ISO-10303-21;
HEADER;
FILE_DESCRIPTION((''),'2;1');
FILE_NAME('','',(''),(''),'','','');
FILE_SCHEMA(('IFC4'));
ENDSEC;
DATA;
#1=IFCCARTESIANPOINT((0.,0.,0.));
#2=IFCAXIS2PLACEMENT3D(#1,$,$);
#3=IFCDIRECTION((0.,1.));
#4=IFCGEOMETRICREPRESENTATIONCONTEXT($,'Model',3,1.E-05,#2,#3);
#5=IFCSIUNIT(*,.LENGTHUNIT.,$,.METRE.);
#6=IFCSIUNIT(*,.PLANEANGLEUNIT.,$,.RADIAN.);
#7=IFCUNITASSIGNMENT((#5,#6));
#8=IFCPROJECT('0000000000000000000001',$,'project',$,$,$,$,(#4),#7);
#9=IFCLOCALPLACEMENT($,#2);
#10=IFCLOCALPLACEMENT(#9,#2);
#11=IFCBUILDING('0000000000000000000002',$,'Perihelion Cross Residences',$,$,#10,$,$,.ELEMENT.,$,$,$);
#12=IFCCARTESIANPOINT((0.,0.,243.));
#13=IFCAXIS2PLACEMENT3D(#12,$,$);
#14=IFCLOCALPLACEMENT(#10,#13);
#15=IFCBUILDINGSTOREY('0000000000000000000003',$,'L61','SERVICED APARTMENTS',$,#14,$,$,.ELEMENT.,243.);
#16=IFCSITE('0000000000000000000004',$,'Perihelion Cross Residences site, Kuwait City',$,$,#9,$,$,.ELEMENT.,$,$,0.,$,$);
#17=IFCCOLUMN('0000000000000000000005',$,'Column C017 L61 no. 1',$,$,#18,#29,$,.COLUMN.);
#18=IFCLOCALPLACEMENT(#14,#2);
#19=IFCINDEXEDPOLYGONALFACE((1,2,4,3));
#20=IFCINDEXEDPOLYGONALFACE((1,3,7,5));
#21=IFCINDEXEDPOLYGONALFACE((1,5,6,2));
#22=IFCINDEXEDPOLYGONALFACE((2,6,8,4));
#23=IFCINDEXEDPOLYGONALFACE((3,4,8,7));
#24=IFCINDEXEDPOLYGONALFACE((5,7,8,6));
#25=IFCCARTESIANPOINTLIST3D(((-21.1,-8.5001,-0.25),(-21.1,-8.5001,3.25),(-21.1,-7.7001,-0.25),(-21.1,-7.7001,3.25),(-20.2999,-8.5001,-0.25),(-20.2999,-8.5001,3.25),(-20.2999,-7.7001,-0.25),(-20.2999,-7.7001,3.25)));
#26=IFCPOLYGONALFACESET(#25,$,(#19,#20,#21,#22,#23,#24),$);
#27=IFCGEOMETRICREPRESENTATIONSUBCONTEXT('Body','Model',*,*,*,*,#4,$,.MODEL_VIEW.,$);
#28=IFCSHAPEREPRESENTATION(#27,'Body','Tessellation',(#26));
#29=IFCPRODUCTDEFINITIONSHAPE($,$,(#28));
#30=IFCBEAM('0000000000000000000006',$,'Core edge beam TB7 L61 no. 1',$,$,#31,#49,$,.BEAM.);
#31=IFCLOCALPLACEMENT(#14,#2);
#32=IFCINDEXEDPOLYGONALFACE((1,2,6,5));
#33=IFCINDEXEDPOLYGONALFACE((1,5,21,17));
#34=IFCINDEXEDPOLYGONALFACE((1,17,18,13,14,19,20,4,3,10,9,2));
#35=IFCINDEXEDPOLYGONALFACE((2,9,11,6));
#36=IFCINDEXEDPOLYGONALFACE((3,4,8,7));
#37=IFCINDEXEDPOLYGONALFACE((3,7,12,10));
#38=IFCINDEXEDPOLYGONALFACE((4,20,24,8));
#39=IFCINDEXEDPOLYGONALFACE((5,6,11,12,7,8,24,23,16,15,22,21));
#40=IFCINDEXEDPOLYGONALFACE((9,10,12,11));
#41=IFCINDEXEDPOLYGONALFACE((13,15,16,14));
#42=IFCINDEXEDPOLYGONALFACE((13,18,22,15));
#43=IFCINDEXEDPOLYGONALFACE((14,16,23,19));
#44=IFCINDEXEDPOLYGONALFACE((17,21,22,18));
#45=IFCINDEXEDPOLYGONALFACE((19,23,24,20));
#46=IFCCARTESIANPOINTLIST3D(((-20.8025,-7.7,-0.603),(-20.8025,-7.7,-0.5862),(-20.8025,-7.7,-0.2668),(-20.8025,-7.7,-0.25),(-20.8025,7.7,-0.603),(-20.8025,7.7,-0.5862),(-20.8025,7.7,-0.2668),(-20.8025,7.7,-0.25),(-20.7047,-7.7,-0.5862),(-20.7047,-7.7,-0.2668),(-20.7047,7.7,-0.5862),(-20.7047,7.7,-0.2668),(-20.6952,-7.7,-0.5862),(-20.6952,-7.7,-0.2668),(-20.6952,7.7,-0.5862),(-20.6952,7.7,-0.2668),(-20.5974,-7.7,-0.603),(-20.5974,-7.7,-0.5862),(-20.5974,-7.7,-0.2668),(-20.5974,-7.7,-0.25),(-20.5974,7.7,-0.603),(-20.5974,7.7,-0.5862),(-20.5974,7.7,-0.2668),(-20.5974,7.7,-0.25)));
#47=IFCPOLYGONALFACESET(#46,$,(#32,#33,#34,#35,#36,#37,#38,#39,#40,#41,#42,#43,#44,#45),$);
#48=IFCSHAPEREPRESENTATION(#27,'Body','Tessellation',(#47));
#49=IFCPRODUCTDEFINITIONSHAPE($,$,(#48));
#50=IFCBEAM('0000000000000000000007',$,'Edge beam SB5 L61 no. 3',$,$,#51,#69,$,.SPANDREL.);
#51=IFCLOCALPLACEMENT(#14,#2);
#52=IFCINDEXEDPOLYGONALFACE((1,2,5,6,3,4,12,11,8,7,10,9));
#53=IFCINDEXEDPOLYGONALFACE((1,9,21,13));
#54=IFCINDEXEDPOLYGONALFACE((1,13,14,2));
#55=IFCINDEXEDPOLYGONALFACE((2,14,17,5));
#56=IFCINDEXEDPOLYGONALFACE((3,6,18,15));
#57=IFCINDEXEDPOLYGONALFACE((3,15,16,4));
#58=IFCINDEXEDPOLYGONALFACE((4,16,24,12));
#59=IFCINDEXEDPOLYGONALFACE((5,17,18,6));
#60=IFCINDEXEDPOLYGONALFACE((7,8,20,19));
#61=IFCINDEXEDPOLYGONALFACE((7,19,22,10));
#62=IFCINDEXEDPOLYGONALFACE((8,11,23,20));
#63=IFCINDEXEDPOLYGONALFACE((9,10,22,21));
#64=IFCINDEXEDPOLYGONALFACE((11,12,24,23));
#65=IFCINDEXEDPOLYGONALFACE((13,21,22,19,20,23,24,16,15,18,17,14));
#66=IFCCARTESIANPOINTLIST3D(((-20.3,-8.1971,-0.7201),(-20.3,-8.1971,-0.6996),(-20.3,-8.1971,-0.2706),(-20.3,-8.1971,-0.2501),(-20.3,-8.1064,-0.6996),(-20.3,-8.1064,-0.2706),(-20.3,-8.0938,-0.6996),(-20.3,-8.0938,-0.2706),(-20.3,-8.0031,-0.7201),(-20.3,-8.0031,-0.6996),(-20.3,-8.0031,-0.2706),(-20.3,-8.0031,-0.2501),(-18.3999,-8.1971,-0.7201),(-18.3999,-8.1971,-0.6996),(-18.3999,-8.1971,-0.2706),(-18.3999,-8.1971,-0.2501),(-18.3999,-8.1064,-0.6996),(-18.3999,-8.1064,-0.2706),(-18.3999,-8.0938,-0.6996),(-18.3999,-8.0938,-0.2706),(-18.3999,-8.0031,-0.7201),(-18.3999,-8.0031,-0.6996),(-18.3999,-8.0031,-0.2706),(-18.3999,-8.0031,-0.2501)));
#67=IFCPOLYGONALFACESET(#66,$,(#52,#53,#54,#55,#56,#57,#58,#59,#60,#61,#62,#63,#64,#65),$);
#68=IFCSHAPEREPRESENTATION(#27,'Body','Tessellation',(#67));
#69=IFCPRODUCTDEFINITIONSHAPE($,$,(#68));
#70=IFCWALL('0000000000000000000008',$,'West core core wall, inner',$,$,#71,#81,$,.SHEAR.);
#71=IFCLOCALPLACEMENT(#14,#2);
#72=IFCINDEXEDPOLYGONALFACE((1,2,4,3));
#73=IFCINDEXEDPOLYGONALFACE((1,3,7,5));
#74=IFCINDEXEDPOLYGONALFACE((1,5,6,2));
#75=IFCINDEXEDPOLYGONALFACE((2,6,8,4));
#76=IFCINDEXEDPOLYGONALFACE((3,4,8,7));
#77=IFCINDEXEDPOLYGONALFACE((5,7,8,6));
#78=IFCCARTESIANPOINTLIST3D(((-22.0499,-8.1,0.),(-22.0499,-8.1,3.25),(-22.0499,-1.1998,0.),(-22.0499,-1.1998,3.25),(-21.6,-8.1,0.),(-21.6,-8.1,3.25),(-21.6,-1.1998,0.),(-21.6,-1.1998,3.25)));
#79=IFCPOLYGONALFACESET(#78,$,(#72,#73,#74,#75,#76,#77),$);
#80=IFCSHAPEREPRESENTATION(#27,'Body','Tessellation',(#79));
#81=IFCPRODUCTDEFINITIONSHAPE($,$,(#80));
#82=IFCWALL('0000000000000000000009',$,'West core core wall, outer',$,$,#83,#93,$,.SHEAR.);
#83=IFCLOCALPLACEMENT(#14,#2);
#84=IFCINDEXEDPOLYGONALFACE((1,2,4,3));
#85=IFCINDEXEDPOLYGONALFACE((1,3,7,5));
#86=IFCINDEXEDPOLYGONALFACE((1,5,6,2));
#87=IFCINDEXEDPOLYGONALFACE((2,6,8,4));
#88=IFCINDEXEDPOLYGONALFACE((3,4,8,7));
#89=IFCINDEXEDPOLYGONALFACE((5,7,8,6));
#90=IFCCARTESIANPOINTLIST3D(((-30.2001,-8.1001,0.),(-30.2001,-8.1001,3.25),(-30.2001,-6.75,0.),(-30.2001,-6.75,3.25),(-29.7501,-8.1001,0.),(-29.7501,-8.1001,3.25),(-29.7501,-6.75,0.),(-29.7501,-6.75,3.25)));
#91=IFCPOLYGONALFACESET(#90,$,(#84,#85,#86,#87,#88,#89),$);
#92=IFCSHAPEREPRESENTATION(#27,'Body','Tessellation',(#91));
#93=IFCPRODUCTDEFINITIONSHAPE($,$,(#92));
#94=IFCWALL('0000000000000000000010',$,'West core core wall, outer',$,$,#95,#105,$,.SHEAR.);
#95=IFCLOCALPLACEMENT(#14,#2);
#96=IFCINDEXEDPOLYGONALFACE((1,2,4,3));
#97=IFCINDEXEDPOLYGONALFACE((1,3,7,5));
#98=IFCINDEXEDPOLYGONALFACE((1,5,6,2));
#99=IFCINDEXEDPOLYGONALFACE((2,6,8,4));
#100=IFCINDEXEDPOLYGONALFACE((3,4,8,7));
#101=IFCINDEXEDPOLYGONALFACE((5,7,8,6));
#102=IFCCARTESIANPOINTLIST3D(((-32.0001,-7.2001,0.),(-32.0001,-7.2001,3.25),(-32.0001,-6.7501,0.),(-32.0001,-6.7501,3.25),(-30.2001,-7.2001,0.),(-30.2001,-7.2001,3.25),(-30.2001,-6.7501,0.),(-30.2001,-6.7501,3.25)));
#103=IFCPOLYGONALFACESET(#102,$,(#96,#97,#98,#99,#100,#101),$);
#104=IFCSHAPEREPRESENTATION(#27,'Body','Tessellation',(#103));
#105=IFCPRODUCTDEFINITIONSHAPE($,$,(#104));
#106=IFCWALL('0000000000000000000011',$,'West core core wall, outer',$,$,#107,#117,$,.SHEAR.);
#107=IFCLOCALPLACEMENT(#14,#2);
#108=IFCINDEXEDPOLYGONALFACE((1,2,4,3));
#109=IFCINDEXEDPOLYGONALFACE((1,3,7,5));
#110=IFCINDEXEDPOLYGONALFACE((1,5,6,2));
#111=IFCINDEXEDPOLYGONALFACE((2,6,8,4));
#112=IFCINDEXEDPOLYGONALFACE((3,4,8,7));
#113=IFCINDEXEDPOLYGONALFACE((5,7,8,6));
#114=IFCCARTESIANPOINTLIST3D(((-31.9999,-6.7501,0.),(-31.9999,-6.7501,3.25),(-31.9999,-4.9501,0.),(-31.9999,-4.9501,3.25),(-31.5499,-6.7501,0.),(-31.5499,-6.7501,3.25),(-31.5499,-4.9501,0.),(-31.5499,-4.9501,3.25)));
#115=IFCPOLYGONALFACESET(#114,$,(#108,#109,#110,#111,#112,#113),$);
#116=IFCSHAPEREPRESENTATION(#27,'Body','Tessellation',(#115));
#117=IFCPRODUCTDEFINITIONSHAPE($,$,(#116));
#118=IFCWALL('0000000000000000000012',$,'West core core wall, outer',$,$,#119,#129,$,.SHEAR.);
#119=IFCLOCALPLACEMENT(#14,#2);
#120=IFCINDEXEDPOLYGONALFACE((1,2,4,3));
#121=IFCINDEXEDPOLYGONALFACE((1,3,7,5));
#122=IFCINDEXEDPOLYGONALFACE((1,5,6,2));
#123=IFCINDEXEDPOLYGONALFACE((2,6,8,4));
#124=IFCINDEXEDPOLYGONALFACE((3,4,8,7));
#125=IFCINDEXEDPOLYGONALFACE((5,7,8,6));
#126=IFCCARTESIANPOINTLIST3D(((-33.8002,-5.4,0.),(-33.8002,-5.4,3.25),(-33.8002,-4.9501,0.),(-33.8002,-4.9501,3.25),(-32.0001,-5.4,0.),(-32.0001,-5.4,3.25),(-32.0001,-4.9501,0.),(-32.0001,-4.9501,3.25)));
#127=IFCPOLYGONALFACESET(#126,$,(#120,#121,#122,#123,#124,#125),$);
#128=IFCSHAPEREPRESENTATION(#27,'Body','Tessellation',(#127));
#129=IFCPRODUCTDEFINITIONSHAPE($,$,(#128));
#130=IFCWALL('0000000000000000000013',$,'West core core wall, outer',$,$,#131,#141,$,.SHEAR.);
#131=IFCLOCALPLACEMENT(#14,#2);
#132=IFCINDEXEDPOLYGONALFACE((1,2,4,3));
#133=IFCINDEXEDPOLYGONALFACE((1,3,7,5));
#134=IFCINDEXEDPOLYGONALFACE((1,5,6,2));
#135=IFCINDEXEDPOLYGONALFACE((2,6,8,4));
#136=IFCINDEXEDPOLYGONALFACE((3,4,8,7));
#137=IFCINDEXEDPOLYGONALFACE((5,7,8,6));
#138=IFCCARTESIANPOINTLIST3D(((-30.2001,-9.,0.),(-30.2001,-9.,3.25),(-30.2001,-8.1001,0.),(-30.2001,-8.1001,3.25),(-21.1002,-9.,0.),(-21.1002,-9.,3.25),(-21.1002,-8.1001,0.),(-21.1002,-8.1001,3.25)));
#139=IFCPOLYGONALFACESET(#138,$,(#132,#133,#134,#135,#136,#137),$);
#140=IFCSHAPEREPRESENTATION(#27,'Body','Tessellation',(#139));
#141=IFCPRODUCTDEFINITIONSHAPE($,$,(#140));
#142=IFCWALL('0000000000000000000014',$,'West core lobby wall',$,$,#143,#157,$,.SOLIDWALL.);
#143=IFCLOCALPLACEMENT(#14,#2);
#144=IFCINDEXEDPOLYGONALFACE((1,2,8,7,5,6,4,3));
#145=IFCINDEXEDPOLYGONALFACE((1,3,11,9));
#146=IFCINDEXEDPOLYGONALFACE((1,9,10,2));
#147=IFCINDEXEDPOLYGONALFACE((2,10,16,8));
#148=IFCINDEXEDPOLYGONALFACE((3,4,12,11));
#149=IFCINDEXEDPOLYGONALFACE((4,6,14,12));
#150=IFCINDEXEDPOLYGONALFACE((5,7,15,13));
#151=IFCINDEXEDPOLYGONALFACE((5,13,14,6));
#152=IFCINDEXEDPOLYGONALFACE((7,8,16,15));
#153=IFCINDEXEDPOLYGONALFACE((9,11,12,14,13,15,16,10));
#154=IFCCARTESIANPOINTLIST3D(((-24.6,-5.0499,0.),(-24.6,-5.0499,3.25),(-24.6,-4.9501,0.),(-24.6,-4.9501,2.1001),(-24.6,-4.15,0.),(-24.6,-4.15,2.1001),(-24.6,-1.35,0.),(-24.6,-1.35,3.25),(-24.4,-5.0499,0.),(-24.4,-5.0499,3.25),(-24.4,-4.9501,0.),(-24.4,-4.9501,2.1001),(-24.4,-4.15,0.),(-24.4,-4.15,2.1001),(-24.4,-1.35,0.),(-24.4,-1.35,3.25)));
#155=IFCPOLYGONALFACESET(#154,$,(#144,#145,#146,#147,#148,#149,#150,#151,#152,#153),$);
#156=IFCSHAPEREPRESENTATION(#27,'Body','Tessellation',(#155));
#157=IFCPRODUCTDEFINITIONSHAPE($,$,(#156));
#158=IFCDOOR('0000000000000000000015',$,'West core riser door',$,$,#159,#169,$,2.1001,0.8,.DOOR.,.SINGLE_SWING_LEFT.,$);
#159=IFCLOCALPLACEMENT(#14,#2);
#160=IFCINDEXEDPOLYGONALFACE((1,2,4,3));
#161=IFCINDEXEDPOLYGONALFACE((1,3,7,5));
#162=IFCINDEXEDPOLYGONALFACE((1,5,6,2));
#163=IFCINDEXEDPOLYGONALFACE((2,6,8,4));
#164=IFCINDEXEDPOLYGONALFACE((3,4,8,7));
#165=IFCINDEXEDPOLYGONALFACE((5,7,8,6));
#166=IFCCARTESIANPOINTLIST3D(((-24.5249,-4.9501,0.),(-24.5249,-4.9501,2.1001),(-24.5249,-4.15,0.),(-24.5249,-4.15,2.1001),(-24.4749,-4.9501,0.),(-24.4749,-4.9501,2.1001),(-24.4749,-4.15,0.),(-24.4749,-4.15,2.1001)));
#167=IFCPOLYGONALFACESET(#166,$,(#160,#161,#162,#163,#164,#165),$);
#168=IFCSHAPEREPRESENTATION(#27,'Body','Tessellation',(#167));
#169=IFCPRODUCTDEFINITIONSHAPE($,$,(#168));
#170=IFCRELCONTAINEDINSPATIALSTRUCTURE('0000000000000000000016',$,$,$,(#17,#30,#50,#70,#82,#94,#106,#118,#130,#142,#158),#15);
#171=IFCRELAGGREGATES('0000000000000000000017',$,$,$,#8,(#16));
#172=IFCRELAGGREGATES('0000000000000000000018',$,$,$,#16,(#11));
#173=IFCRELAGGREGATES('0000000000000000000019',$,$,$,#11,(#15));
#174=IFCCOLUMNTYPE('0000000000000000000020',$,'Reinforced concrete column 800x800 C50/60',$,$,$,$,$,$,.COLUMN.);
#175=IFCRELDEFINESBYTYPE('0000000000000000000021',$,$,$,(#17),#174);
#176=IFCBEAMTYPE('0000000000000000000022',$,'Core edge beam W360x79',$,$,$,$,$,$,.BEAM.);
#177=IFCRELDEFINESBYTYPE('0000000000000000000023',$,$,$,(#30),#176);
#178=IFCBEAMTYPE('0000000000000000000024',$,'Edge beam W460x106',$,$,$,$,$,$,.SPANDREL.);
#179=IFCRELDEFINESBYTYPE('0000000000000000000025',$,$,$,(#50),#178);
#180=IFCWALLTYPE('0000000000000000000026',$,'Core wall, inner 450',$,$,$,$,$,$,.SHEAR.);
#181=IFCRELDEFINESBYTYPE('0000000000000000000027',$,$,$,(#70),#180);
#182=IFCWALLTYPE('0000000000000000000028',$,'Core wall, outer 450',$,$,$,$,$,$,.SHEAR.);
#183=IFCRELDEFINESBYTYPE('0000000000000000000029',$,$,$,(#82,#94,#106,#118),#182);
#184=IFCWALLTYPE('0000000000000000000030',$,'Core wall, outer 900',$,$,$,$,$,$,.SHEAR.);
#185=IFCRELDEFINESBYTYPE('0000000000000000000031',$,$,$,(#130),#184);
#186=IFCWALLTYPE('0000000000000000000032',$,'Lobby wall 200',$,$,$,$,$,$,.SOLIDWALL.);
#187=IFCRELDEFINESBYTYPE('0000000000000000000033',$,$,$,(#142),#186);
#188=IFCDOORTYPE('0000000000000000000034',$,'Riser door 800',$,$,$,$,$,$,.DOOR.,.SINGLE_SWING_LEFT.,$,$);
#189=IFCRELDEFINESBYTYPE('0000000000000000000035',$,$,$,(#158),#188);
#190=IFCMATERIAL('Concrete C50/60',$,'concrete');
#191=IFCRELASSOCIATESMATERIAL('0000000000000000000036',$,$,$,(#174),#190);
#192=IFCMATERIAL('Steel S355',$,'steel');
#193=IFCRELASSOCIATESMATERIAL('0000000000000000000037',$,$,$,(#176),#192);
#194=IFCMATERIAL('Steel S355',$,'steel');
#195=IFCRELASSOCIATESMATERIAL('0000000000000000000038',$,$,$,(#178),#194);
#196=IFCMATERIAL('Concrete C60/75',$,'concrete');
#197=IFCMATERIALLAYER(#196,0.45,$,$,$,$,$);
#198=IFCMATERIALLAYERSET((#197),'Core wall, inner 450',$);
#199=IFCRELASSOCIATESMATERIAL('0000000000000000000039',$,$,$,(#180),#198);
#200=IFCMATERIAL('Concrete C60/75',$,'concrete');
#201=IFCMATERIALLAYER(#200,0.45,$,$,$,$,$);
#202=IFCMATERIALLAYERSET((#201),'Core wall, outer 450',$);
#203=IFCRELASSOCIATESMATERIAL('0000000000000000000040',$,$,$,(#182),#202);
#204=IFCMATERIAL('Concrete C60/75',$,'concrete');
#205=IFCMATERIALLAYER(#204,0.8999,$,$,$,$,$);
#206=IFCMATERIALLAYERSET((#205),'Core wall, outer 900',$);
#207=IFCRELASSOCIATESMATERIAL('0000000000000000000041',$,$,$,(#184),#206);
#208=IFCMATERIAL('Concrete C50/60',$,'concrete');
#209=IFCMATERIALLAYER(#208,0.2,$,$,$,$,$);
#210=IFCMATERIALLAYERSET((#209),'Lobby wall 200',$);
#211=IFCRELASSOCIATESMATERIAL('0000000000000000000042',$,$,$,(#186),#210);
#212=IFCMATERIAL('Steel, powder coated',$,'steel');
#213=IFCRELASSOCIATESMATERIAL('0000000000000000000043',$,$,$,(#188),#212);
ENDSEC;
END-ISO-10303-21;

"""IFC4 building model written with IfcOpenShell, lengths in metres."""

from ifc_helpers import new_model, si_unit, direction, frame, frame_2d, origin, origin_2d, place, context, subcontext, project, spatial, rectangle, i_section, extrude, material, layer, layer_set, material_profile, profile_set, type_object, element, fill, save


model = new_model("IFC4")

# Units and contexts
model_context = context("Model", 3, precision=1e-05, world=origin(), true_north=direction((0.0, 1.0)))
body_context = subcontext(model_context, "Body", "Model", "MODEL_VIEW")
ifc_project = project(units=[si_unit("LENGTHUNIT", "METRE"), si_unit("PLANEANGLEUNIT", "RADIAN")], contexts=[model_context])

# Site, building, storey
site_placement = place(None, origin())
site = spatial("IfcSite", under=ifc_project, at=site_placement, Name="Perihelion Cross Residences site, Kuwait City", CompositionType="ELEMENT", RefElevation=0.0)
building_placement = place(site_placement, origin())
building = spatial("IfcBuilding", under=site, at=building_placement, Name="Perihelion Cross Residences", CompositionType="ELEMENT")
storey_placement = place(building_placement, frame((0.0, 0.0, 243.0)))
storey = spatial("IfcBuildingStorey", under=building, at=storey_placement, Name="L61", Description="SERVICED APARTMENTS", CompositionType="ELEMENT", Elevation=243.0)

# Column
ifc_material_1 = material(Name="Concrete C50/60", Category="concrete")
ifc_material_profile_1 = material_profile(ifc_material_1, rectangle(XDim=0.8, YDim=0.8, at=origin_2d()), Name="RC 800x800")
ifc_profile_set_1 = profile_set([ifc_material_profile_1], Name="Concrete C50/60")
column_type = type_object("IfcColumnType", Name="Reinforced concrete column 800x800 C50/60", PredefinedType="COLUMN", material=ifc_profile_set_1)
column_placement = place(storey_placement, frame((-20.7, -8.1001, -0.25), z_axis=(0.0, 0.0, 1.0), x_axis=(1.0, 0.0, 0.0)))
element("IfcColumn", 1, at=column_placement, inside=storey, type_object=column_type, Name="Column C017 L61 no. 1", PredefinedType="COLUMN", context=body_context, shape_type="SweptSolid", body=[
    extrude(rectangle(XDim=0.8, YDim=0.8, at=origin_2d()), origin(), (0.0, 0.0, 1.0), 3.5),
])

# Beams
ifc_material_2 = material(Name="Steel S355", Category="steel")
ifc_material_profile_2 = material_profile(ifc_material_2, i_section(OverallWidth=0.2051, OverallDepth=0.353, WebThickness=0.0095, FlangeThickness=0.0168, at=origin_2d()), Name="W360x79")
ifc_profile_set_2 = profile_set([ifc_material_profile_2], Name="Steel S355")
beam_type_1 = type_object("IfcBeamType", Name="Core edge beam W360x79", PredefinedType="BEAM", material=ifc_profile_set_2)
beam_1_placement = place(storey_placement, frame((-20.7, -7.7, -0.4265), z_axis=(0.0, 1.0, 0.0), x_axis=(-1.0, 0.0, 0.0)))
element("IfcBeam", 2, at=beam_1_placement, inside=storey, type_object=beam_type_1, Name="Core edge beam TB7 L61 no. 1", PredefinedType="BEAM", context=body_context, shape_type="SweptSolid", body=[
    extrude(i_section(OverallWidth=0.2051, OverallDepth=0.353, WebThickness=0.0095, FlangeThickness=0.0168, at=origin_2d()), origin(), (0.0, 0.0, 1.0), 15.3999),
])
ifc_material_3 = material(Name="Steel S355", Category="steel")
ifc_material_profile_3 = material_profile(ifc_material_3, i_section(OverallWidth=0.1941, OverallDepth=0.47, WebThickness=0.0127, FlangeThickness=0.0205, at=origin_2d()), Name="W460x106")
ifc_profile_set_3 = profile_set([ifc_material_profile_3], Name="Steel S355")
beam_type_2 = type_object("IfcBeamType", Name="Edge beam W460x106", PredefinedType="SPANDREL", material=ifc_profile_set_3)
beam_2_placement = place(storey_placement, frame((-20.3, -8.1001, -0.4851), z_axis=(1.0, 0.0, 0.0), x_axis=(0.0, 1.0, 0.0)))
element("IfcBeam", 3, at=beam_2_placement, inside=storey, type_object=beam_type_2, Name="Edge beam SB5 L61 no. 3", PredefinedType="SPANDREL", context=body_context, shape_type="SweptSolid", body=[
    extrude(i_section(OverallWidth=0.1941, OverallDepth=0.47, WebThickness=0.0127, FlangeThickness=0.0205, at=origin_2d()), origin(), (0.0, 0.0, 1.0), 1.9001),
])

# Walls
ifc_material_4 = material(Name="Concrete C60/75", Category="concrete")
ifc_layer_1 = layer(ifc_material_4, 0.45)
ifc_layer_set_1 = layer_set([ifc_layer_1], Name="Core wall, inner 450")
wall_type_1 = type_object("IfcWallType", Name="Core wall, inner 450", PredefinedType="SHEAR", material=ifc_layer_set_1)
wall_1_placement = place(storey_placement, frame((-21.825, -8.1001, 0.0), z_axis=(0.0, 0.0, 1.0), x_axis=(0.0, 1.0, 0.0)))
element("IfcWall", 4, at=wall_1_placement, inside=storey, type_object=wall_type_1, Name="West core core wall, inner", PredefinedType="SHEAR", context=body_context, shape_type="SweptSolid", body=[
    extrude(rectangle(XDim=6.9001, YDim=0.45, at=frame_2d((3.4502, 0.0))), origin(), (0.0, 0.0, 1.0), 3.25),
])
ifc_material_5 = material(Name="Concrete C60/75", Category="concrete")
ifc_layer_2 = layer(ifc_material_5, 0.45)
ifc_layer_set_2 = layer_set([ifc_layer_2], Name="Core wall, outer 450")
wall_type_2 = type_object("IfcWallType", Name="Core wall, outer 450", PredefinedType="SHEAR", material=ifc_layer_set_2)
wall_2_placement = place(storey_placement, frame((-29.9751, -8.1001, 0.0), z_axis=(0.0, 0.0, 1.0), x_axis=(0.0, 1.0, 0.0)))
element("IfcWall", 5, at=wall_2_placement, inside=storey, type_object=wall_type_2, Name="West core core wall, outer", PredefinedType="SHEAR", context=body_context, shape_type="SweptSolid", body=[
    extrude(rectangle(XDim=1.3501, YDim=0.45, at=frame_2d((0.675, 0.0))), origin(), (0.0, 0.0, 1.0), 3.25),
])
for number, where, z_axis, x_axis, name in (
    (6, (-32.0, -6.9751, 0.0), (0.0, 0.0, 1.0), (1.0, 0.0, 0.0), "West core core wall, outer"),
    (7, (-31.7749, -6.75, 0.0), (0.0, 0.0, 1.0), (0.0, 1.0, 0.0), "West core core wall, outer"),
    (8, (-33.8, -5.175, 0.0), (0.0, 0.0, 1.0), (1.0, 0.0, 0.0), "West core core wall, outer"),
):
    element("IfcWall", number, at=place(storey_placement, frame(where, z_axis=z_axis, x_axis=x_axis)), inside=storey, type_object=wall_type_2, Name=name, PredefinedType="SHEAR", context=body_context, shape_type="SweptSolid", body=[
        extrude(rectangle(XDim=1.8, YDim=0.45, at=frame_2d((0.8999, 0.0))), origin(), (0.0, 0.0, 1.0), 3.25),
    ])
ifc_material_6 = material(Name="Concrete C60/75", Category="concrete")
ifc_layer_3 = layer(ifc_material_6, 0.8999)
ifc_layer_set_3 = layer_set([ifc_layer_3], Name="Core wall, outer 900")
wall_type_3 = type_object("IfcWallType", Name="Core wall, outer 900", PredefinedType="SHEAR", material=ifc_layer_set_3)
wall_3_placement = place(storey_placement, frame((-30.2, -8.55, 0.0), z_axis=(0.0, 0.0, 1.0), x_axis=(1.0, 0.0, 0.0)))
element("IfcWall", 9, at=wall_3_placement, inside=storey, type_object=wall_type_3, Name="West core core wall, outer", PredefinedType="SHEAR", context=body_context, shape_type="SweptSolid", body=[
    extrude(rectangle(XDim=9.0999, YDim=0.8999, at=frame_2d((4.5498, 0.0))), origin(), (0.0, 0.0, 1.0), 3.25),
])

# Wall, opening, door
ifc_material_7 = material(Name="Concrete C50/60", Category="concrete")
ifc_layer_4 = layer(ifc_material_7, 0.2)
ifc_layer_set_4 = layer_set([ifc_layer_4], Name="Lobby wall 200")
wall_type_4 = type_object("IfcWallType", Name="Lobby wall 200", PredefinedType="SOLIDWALL", material=ifc_layer_set_4)
wall_4_placement = place(storey_placement, frame((-24.5, -5.05, 0.0), z_axis=(0.0, 0.0, 1.0), x_axis=(0.0, 1.0, 0.0)))
wall_4 = element("IfcWall", 10, at=wall_4_placement, inside=storey, type_object=wall_type_4, Name="West core lobby wall", PredefinedType="SOLIDWALL", context=body_context, shape_type="SweptSolid", body=[
    extrude(rectangle(XDim=3.7, YDim=0.2, at=frame_2d((1.8501, 0.0))), origin(), (0.0, 0.0, 1.0), 3.25),
])
opening_1_placement = place(wall_4_placement, frame((0.1001, 0.0, 0.0)))
opening_1 = element("IfcOpeningElement", 11, at=opening_1_placement, cuts=wall_4, PredefinedType="OPENING", context=body_context, shape_type="SweptSolid", body=[
    extrude(rectangle(XDim=0.8, YDim=2.1001, at=frame_2d((0.3999, 1.05))), frame((0.0, 0.1099, 0.0), z_axis=(0.0, -1.0, 0.0), x_axis=(1.0, 0.0, 0.0)), (0.0, 0.0, 1.0), 0.22),
])
ifc_material_8 = material(Name="Steel, powder coated", Category="steel")
door_type_1 = type_object("IfcDoorType", Name="Riser door 800", OperationType="SINGLE_SWING_LEFT", PredefinedType="DOOR", material=ifc_material_8)
door_1_placement = place(opening_1_placement, origin())
door_1 = element("IfcDoor", 12, at=door_1_placement, inside=storey, type_object=door_type_1, Name="West core riser door", OperationType="SINGLE_SWING_LEFT", OverallHeight=2.1001, OverallWidth=0.8, PredefinedType="DOOR", context=body_context, shape_type="SweptSolid", body=[
    extrude(rectangle(XDim=0.8, YDim=2.1001, at=frame_2d((0.3999, 1.05))), frame((0.0, 0.0249, 0.0), z_axis=(0.0, -1.0, 0.0), x_axis=(1.0, 0.0, 0.0)), (0.0, 0.0, 1.0), 0.05),
])
fill(opening_1, door_1)

save(model, "model.ifc")
